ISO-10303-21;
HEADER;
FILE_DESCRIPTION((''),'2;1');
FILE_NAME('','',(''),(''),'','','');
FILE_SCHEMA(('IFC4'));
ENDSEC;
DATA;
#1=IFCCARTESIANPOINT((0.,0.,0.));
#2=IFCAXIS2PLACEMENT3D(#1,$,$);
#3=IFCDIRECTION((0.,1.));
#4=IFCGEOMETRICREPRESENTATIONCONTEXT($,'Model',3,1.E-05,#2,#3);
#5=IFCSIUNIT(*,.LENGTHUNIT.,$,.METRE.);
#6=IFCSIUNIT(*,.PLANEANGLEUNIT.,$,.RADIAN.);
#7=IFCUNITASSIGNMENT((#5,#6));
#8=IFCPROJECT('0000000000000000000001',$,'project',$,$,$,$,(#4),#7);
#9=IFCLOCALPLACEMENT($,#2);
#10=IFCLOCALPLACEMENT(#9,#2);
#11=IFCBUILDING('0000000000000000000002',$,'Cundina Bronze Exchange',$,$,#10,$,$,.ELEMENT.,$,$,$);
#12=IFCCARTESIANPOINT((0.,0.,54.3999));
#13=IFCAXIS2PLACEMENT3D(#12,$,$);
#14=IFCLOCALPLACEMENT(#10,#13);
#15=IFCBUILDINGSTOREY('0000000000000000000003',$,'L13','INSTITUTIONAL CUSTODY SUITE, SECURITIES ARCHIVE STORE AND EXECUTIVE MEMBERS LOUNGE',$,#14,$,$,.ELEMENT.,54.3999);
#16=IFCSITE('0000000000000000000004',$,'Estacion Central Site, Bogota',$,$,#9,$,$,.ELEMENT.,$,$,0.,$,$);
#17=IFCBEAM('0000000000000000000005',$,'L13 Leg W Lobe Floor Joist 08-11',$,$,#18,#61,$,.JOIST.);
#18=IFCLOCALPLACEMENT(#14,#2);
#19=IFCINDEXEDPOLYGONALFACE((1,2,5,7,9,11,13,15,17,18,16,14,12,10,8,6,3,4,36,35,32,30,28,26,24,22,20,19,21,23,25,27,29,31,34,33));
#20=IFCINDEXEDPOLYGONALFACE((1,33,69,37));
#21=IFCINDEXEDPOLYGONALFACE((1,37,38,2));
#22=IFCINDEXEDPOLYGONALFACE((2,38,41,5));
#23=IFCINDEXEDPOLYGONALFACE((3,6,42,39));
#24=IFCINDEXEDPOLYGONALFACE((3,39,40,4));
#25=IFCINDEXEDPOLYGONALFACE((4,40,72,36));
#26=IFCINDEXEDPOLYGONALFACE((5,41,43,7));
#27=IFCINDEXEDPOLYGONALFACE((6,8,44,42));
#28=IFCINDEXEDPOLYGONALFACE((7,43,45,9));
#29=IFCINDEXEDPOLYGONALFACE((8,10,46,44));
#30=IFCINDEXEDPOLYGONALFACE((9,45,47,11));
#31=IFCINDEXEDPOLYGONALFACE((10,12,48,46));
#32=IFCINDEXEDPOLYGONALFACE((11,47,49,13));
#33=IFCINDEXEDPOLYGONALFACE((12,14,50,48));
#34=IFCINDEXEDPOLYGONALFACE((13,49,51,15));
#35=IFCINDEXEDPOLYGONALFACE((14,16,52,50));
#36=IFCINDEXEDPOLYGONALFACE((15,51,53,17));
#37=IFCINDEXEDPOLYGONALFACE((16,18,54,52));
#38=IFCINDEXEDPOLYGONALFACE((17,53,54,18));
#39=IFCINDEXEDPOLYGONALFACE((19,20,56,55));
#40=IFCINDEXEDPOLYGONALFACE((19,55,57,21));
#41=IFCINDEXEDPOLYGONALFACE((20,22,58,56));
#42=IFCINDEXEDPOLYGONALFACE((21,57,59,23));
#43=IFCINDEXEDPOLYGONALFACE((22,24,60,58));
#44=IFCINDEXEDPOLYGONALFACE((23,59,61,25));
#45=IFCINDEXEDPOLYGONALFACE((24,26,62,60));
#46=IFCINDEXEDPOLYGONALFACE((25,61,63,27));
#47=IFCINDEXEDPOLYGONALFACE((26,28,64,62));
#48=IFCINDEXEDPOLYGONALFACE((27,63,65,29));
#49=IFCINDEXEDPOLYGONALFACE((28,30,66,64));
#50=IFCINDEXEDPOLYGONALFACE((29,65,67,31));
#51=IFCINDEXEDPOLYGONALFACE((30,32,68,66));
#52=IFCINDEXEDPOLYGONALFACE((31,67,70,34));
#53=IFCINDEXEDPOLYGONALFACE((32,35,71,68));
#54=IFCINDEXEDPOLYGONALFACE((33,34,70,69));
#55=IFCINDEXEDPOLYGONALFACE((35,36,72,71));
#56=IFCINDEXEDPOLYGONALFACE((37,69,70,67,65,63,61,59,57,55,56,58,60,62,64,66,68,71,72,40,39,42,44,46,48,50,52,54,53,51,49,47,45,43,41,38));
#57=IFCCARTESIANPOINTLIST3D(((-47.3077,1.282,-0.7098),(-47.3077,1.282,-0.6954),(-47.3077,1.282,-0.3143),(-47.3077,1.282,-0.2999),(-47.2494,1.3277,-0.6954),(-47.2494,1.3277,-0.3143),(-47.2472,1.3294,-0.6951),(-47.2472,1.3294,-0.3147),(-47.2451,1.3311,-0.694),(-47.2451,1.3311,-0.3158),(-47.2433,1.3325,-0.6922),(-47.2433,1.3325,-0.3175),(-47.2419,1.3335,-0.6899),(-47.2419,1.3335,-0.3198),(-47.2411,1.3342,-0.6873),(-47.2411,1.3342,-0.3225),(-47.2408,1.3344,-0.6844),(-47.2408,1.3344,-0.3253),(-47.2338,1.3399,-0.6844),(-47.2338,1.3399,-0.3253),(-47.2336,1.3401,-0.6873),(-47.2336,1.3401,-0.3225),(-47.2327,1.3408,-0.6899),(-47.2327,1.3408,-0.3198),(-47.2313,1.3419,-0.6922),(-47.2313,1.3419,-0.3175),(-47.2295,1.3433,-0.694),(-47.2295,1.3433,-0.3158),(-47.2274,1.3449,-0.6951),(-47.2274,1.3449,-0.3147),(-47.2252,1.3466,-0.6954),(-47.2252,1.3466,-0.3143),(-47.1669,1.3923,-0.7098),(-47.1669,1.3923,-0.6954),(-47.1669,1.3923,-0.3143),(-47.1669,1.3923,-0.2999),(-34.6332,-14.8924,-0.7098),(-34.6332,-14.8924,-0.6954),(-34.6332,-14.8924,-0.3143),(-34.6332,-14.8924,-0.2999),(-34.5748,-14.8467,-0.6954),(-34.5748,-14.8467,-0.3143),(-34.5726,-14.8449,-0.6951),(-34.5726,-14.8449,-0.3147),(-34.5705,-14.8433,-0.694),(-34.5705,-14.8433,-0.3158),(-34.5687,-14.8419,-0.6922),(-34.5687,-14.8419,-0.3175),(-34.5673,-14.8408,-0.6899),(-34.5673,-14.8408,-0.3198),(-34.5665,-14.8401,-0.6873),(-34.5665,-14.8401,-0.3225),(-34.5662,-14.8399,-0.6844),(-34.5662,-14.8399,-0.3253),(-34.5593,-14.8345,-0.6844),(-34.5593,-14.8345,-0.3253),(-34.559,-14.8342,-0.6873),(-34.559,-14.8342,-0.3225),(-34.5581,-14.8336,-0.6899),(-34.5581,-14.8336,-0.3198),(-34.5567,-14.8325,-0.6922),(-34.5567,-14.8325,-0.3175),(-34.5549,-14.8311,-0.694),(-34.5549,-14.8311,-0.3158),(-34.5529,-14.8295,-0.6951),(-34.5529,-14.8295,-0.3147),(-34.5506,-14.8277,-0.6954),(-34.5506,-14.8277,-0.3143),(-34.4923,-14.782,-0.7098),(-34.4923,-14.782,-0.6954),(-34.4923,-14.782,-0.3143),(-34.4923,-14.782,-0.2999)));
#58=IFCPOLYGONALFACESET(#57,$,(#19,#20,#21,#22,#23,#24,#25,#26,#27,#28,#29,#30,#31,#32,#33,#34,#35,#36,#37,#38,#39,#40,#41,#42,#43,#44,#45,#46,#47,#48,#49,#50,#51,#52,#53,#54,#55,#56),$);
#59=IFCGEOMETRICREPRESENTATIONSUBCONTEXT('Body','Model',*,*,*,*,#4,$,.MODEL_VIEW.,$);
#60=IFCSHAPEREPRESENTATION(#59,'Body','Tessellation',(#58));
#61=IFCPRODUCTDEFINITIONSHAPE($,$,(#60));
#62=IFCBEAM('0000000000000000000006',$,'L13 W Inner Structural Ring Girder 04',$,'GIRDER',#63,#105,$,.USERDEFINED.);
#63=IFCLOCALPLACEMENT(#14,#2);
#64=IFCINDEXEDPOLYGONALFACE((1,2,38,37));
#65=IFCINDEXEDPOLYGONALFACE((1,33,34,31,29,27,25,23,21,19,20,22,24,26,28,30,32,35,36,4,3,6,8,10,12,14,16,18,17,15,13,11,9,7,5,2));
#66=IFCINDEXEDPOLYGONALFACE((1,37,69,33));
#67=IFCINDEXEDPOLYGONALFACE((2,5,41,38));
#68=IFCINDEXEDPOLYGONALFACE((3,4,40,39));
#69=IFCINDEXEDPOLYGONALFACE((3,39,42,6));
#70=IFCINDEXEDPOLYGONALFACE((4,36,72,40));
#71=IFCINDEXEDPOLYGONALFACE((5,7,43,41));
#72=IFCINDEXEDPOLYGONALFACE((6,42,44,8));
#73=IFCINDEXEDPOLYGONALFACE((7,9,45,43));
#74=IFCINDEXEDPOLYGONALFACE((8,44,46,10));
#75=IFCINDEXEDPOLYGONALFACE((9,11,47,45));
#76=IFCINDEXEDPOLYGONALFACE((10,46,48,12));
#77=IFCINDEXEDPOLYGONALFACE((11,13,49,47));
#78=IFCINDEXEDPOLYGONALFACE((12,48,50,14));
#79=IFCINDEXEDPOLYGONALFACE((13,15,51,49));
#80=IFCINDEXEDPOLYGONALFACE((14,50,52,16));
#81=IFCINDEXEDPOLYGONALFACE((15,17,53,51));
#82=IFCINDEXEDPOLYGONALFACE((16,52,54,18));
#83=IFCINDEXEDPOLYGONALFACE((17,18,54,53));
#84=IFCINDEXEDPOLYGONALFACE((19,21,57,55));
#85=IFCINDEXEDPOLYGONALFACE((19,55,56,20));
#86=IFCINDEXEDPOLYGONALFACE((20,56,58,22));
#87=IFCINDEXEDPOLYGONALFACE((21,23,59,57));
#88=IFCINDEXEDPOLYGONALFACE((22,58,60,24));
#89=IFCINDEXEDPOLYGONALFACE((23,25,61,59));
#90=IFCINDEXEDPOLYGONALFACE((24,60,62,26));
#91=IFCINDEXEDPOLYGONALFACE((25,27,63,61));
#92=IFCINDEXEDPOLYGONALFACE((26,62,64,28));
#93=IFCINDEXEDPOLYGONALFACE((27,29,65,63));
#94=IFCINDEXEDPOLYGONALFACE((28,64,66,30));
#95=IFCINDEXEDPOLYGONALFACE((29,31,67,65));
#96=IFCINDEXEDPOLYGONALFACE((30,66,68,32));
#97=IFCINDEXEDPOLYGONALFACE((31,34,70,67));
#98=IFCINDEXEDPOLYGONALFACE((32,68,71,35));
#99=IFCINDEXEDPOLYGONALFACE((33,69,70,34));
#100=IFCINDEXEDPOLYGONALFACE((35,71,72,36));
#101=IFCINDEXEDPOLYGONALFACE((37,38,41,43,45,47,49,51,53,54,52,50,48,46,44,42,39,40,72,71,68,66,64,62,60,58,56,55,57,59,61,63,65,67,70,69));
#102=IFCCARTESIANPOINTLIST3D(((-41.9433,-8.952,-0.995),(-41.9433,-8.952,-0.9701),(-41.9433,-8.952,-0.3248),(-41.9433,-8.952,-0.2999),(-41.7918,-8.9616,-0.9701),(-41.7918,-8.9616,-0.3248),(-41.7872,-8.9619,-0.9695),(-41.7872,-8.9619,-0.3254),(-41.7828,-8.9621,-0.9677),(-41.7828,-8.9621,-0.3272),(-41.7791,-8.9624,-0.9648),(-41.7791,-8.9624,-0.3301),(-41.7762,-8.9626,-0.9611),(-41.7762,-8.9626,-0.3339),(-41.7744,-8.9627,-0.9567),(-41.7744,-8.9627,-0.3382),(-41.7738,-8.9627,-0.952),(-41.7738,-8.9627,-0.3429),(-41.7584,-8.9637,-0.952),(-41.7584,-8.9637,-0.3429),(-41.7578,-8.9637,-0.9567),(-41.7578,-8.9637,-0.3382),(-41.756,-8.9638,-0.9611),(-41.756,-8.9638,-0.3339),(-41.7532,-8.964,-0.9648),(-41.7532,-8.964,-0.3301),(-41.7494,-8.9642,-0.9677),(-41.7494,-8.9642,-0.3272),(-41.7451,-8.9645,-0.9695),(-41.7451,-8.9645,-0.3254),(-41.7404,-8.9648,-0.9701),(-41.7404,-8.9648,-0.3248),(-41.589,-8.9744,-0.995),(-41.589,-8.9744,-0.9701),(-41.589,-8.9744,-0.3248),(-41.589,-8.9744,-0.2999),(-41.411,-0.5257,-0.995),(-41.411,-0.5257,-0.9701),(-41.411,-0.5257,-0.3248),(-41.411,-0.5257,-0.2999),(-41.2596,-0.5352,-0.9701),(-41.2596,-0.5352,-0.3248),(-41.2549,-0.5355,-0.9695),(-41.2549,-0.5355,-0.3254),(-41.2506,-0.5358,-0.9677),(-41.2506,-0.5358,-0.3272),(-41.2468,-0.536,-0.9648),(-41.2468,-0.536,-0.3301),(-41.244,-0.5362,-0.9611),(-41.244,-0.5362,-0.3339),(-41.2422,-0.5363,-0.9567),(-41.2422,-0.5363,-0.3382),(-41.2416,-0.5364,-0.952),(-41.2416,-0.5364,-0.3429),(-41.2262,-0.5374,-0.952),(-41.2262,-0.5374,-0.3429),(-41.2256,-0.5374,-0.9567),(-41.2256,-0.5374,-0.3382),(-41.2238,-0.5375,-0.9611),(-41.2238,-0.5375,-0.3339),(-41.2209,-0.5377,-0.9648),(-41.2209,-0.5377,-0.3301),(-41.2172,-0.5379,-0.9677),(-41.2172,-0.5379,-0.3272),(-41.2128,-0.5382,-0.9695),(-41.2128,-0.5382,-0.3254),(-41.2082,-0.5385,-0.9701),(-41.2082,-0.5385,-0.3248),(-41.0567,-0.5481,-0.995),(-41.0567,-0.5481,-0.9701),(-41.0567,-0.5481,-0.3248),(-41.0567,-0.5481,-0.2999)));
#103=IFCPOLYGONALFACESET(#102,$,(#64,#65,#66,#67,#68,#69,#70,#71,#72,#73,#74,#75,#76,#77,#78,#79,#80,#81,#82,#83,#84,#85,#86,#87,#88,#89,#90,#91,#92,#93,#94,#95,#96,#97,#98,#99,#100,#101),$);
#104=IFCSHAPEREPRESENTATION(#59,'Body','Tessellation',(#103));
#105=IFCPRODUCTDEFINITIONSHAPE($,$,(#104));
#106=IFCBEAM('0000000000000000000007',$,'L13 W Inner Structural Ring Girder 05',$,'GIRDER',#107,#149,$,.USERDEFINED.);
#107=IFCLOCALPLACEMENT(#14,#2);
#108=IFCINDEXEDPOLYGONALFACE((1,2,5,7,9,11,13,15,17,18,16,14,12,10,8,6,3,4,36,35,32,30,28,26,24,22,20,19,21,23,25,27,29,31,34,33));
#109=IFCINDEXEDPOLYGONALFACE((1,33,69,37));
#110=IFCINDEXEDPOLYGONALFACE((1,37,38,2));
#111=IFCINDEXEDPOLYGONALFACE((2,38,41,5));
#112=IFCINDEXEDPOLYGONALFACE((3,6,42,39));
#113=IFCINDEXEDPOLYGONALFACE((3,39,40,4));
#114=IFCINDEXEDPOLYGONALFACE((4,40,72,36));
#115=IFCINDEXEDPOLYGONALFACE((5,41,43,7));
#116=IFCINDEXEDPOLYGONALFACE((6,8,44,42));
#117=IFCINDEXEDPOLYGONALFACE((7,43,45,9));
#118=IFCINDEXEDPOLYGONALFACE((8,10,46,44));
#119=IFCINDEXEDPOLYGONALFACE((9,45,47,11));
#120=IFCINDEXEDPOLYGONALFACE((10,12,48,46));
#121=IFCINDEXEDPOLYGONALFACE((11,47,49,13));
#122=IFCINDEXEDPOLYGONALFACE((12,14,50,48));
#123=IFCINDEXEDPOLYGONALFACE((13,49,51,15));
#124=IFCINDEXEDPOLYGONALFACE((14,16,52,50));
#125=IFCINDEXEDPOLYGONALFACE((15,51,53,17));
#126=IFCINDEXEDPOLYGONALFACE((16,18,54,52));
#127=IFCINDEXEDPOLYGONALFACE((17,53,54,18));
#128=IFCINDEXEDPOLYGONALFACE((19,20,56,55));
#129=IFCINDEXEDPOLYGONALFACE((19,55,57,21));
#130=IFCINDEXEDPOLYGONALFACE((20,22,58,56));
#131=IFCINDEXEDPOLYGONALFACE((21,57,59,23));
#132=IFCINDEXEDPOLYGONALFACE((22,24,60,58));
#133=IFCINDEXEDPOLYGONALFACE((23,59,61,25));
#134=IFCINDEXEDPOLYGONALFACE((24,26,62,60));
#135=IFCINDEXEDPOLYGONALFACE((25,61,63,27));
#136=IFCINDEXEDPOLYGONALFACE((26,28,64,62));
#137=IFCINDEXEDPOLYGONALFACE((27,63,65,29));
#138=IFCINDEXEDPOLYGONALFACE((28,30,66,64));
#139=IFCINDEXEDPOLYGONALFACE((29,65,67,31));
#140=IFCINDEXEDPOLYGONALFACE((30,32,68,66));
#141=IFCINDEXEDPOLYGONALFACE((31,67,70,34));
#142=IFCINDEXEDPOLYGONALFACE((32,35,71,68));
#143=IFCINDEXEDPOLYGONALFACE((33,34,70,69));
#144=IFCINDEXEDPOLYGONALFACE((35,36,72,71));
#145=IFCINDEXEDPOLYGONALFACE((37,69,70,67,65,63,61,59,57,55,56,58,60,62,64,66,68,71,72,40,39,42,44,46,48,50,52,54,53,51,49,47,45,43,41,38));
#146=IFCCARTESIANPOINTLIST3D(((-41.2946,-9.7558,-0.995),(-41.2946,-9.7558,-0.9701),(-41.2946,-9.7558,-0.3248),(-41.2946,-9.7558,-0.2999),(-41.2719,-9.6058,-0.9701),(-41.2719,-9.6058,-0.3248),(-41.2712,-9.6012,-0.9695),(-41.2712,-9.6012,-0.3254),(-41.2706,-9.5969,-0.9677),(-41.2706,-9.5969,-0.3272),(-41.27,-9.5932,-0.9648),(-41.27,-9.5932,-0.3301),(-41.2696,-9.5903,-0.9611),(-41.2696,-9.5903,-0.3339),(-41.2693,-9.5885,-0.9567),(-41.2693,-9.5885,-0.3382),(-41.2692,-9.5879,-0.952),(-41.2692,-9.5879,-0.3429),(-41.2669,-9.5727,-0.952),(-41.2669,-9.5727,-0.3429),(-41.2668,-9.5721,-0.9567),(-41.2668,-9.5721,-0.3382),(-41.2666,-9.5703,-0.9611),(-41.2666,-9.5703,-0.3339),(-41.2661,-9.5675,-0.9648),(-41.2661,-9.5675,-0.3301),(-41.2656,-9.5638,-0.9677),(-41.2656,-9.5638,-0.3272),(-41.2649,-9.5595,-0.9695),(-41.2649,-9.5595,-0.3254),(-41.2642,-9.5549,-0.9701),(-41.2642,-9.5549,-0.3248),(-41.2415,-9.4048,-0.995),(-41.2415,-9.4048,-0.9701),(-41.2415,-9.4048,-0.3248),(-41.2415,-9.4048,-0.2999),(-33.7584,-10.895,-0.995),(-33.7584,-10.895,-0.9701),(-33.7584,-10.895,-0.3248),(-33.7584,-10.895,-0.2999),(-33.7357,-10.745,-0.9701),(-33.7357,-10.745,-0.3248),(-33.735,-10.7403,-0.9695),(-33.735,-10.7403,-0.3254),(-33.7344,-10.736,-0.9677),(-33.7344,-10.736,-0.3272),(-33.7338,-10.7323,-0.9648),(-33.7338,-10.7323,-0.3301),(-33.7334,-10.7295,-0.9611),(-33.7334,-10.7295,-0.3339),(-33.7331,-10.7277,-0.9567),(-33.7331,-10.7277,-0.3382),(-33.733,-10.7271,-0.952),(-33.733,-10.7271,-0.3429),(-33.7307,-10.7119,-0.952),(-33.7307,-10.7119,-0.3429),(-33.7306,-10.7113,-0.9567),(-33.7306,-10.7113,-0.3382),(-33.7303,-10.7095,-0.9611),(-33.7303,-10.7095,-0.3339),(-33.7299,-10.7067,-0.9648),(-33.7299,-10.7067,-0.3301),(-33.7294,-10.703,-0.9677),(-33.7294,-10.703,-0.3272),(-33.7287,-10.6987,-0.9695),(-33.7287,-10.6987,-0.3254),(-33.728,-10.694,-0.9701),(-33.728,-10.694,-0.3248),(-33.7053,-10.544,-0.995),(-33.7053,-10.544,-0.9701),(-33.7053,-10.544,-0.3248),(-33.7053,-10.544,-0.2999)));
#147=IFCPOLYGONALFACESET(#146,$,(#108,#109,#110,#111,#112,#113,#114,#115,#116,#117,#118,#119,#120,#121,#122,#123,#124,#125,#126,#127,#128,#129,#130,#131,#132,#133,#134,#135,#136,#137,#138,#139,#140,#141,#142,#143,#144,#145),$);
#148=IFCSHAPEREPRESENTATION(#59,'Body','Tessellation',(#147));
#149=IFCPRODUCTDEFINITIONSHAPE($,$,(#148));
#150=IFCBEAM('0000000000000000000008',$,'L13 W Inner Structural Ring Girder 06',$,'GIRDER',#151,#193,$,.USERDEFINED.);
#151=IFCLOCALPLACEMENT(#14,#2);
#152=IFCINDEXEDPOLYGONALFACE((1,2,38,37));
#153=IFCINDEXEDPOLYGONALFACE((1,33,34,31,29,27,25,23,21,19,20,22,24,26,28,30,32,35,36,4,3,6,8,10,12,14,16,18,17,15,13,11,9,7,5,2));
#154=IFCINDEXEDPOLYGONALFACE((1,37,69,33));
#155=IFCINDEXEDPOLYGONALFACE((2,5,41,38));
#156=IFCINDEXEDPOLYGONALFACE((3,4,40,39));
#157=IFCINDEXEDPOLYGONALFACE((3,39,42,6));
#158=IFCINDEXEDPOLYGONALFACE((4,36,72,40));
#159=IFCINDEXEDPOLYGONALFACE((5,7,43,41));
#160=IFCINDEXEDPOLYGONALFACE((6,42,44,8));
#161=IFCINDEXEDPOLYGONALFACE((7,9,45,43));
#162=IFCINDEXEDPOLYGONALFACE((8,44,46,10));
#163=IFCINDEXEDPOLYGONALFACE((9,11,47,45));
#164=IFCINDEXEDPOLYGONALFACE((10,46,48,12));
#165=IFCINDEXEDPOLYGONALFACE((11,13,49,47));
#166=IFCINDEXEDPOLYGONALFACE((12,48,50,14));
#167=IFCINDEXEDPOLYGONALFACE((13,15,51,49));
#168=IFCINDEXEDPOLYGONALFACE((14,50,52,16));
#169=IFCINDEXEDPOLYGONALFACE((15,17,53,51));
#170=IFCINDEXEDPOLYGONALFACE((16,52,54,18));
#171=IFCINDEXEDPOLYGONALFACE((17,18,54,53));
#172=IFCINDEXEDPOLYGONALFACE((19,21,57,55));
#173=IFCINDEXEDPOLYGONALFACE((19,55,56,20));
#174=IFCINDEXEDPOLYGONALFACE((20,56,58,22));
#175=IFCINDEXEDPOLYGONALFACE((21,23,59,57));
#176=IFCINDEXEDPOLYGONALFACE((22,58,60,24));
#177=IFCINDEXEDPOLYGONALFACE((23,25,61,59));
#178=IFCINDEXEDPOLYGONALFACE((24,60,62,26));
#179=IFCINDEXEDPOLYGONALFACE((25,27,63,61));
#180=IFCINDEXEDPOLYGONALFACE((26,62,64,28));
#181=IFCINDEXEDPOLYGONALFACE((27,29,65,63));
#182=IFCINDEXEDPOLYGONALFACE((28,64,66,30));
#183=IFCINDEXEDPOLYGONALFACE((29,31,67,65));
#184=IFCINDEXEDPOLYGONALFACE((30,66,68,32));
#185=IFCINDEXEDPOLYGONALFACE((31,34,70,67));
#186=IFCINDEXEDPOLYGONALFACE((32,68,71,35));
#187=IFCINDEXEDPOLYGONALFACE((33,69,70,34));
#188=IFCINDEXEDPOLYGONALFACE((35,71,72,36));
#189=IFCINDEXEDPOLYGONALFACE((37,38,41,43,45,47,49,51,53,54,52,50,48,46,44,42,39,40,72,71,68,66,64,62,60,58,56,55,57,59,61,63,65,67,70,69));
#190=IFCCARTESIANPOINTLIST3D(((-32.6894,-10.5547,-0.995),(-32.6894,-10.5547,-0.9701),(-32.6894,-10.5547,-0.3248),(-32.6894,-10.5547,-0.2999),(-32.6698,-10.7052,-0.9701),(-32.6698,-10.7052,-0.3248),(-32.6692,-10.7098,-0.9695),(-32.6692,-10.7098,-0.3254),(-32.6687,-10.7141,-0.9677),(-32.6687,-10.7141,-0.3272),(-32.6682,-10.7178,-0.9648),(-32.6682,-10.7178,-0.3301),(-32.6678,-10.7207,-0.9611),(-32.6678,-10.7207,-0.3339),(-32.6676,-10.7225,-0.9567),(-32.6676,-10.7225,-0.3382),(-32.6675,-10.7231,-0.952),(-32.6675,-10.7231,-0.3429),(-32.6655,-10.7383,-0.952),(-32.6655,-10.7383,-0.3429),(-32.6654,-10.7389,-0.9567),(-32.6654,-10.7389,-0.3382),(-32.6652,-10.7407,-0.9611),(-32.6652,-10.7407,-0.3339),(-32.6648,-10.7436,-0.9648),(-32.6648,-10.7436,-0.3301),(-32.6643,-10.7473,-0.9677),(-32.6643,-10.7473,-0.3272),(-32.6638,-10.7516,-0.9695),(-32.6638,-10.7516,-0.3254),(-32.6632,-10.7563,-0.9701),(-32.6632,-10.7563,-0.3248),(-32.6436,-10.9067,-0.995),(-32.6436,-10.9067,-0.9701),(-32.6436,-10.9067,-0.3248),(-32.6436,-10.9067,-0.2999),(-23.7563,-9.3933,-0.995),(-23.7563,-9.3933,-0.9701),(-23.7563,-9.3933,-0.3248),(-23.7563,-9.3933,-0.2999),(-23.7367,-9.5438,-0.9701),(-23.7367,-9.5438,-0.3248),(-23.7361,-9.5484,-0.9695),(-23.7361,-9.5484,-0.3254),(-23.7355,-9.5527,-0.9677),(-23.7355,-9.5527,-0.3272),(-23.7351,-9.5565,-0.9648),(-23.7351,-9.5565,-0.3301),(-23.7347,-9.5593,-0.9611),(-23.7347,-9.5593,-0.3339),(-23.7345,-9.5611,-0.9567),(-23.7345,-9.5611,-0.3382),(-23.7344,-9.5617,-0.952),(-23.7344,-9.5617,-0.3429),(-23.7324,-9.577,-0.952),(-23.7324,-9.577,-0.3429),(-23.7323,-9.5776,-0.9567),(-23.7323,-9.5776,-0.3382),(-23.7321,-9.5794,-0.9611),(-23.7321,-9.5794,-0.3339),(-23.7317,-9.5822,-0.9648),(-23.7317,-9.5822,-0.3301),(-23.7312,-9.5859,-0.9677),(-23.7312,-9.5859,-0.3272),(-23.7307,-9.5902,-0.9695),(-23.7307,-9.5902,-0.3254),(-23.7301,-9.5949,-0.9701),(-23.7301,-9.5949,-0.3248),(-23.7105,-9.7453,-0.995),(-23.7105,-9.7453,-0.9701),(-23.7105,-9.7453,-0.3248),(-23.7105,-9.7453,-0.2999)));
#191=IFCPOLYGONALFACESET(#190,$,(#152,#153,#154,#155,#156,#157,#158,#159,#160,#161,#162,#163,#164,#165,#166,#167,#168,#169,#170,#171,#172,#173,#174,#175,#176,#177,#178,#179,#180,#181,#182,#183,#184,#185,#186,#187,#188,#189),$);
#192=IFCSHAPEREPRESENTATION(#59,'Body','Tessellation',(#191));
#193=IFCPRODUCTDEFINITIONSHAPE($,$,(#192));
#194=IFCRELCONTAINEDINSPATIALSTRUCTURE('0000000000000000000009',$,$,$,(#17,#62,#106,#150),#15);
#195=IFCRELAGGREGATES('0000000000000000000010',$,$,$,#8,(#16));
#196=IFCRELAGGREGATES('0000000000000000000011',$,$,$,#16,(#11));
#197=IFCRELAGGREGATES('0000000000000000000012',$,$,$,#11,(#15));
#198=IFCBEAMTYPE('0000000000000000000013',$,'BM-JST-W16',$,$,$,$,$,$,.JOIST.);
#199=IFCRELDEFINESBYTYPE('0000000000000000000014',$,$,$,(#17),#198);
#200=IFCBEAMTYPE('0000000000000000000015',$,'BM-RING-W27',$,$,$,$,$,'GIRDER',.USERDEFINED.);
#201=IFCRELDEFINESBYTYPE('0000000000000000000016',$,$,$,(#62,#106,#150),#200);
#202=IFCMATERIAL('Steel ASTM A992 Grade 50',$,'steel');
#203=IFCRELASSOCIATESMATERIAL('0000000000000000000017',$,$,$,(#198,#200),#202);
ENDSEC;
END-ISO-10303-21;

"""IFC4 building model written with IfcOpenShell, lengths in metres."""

from ifc_helpers import new_model, si_unit, direction, frame, origin, origin_2d, place, context, subcontext, project, spatial, i_section, extrude, material, material_profile, profile_set, type_object, element, save


model = new_model("IFC4")

# Units and contexts
model_context = context("Model", 3, precision=1e-05, world=origin(), true_north=direction((0.0, 1.0)))
body_context = subcontext(model_context, "Body", "Model", "MODEL_VIEW")
ifc_project = project(units=[si_unit("LENGTHUNIT", "METRE"), si_unit("PLANEANGLEUNIT", "RADIAN")], contexts=[model_context])

# Site, building, storey
site_placement = place(None, origin())
site = spatial("IfcSite", under=ifc_project, at=site_placement, Name="Estacion Central Site, Bogota", CompositionType="ELEMENT", RefElevation=0.0)
building_placement = place(site_placement, origin())
building = spatial("IfcBuilding", under=site, at=building_placement, Name="Cundina Bronze Exchange", CompositionType="ELEMENT")
storey_placement = place(building_placement, frame((0.0, 0.0, 54.3999)))
storey = spatial("IfcBuildingStorey", under=building, at=storey_placement, Name="L13", Description="INSTITUTIONAL CUSTODY SUITE, SECURITIES ARCHIVE STORE AND EXECUTIVE MEMBERS LOUNGE", CompositionType="ELEMENT", Elevation=54.3999)

# Beams
ifc_material_1 = material(Name="Steel ASTM A992 Grade 50", Category="steel")
ifc_material_profile_1 = material_profile(ifc_material_1, i_section(OverallWidth=0.179, OverallDepth=0.4099, WebThickness=0.0088, FlangeThickness=0.0144, FilletRadius=0.011, at=origin_2d()), Name="W16X45", Category="steel")
ifc_profile_set_1 = profile_set([ifc_material_profile_1], Name="Steel ASTM A992 Grade 50")
beam_type_1 = type_object("IfcBeamType", Name="BM-JST-W16", PredefinedType="JOIST", material=ifc_profile_set_1)
beam_1_placement = place(storey_placement, frame((-47.2373, 1.3372, -0.5049), z_axis=(0.616803, -0.787117, 0.0), x_axis=(0.787117, 0.616803, 0.0)))
element("IfcBeam", 1, at=beam_1_placement, inside=storey, type_object=beam_type_1, Name="L13 Leg W Lobe Floor Joist 08-11", PredefinedType="JOIST", context=body_context, shape_type="SweptSolid", body=[
    extrude(i_section(OverallWidth=0.179, OverallDepth=0.4099, WebThickness=0.0088, FlangeThickness=0.0144, FilletRadius=0.011, at=origin_2d()), origin(), (0.0, 0.0, 1.0), 20.5488),
])
ifc_material_profile_2 = material_profile(ifc_material_1, i_section(OverallWidth=0.355, OverallDepth=0.6951, WebThickness=0.0154, FlangeThickness=0.0249, FilletRadius=0.0181, at=origin_2d()), Name="W27X146", Category="steel")
ifc_profile_set_2 = profile_set([ifc_material_profile_2], Name="Steel ASTM A992 Grade 50")
beam_type_2 = type_object("IfcBeamType", Name="BM-RING-W27", ElementType="GIRDER", PredefinedType="USERDEFINED", material=ifc_profile_set_2)
beam_2_placement = place(storey_placement, frame((-41.2339, -0.5369, -0.6475), z_axis=(-0.063037, -0.998011, 0.0), x_axis=(0.998011, -0.063037, 0.0)))
element("IfcBeam", 2, at=beam_2_placement, inside=storey, type_object=beam_type_2, Name="L13 W Inner Structural Ring Girder 04", ObjectType="GIRDER", PredefinedType="USERDEFINED", context=body_context, shape_type="SweptSolid", body=[
    extrude(i_section(OverallWidth=0.355, OverallDepth=0.6951, WebThickness=0.0154, FlangeThickness=0.0249, FilletRadius=0.0181, at=origin_2d()), origin(), (0.0, 0.0, 1.0), 8.4431),
])
beam_3_placement = place(storey_placement, frame((-41.2681, -9.5803, -0.6475), z_axis=(0.988767, -0.149462, 0.0), x_axis=(0.149462, 0.988767, 0.0)))
element("IfcBeam", 3, at=beam_3_placement, inside=storey, type_object=beam_type_2, Name="L13 W Inner Structural Ring Girder 05", ObjectType="GIRDER", PredefinedType="USERDEFINED", context=body_context, shape_type="SweptSolid", body=[
    extrude(i_section(OverallWidth=0.355, OverallDepth=0.6951, WebThickness=0.0154, FlangeThickness=0.0249, FilletRadius=0.0181, at=origin_2d()), origin(), (0.0, 0.0, 1.0), 7.6218),
])
beam_4_placement = place(storey_placement, frame((-32.6665, -10.7307, -0.6475), z_axis=(0.991655, 0.128923, 0.0), x_axis=(-0.128923, 0.991655, 0.0)))
element("IfcBeam", 4, at=beam_4_placement, inside=storey, type_object=beam_type_2, Name="L13 W Inner Structural Ring Girder 06", ObjectType="GIRDER", PredefinedType="USERDEFINED", context=body_context, shape_type="SweptSolid", body=[
    extrude(i_section(OverallWidth=0.355, OverallDepth=0.6951, WebThickness=0.0154, FlangeThickness=0.0249, FilletRadius=0.0181, at=origin_2d()), origin(), (0.0, 0.0, 1.0), 9.0083),
])

save(model, "model.ifc")
